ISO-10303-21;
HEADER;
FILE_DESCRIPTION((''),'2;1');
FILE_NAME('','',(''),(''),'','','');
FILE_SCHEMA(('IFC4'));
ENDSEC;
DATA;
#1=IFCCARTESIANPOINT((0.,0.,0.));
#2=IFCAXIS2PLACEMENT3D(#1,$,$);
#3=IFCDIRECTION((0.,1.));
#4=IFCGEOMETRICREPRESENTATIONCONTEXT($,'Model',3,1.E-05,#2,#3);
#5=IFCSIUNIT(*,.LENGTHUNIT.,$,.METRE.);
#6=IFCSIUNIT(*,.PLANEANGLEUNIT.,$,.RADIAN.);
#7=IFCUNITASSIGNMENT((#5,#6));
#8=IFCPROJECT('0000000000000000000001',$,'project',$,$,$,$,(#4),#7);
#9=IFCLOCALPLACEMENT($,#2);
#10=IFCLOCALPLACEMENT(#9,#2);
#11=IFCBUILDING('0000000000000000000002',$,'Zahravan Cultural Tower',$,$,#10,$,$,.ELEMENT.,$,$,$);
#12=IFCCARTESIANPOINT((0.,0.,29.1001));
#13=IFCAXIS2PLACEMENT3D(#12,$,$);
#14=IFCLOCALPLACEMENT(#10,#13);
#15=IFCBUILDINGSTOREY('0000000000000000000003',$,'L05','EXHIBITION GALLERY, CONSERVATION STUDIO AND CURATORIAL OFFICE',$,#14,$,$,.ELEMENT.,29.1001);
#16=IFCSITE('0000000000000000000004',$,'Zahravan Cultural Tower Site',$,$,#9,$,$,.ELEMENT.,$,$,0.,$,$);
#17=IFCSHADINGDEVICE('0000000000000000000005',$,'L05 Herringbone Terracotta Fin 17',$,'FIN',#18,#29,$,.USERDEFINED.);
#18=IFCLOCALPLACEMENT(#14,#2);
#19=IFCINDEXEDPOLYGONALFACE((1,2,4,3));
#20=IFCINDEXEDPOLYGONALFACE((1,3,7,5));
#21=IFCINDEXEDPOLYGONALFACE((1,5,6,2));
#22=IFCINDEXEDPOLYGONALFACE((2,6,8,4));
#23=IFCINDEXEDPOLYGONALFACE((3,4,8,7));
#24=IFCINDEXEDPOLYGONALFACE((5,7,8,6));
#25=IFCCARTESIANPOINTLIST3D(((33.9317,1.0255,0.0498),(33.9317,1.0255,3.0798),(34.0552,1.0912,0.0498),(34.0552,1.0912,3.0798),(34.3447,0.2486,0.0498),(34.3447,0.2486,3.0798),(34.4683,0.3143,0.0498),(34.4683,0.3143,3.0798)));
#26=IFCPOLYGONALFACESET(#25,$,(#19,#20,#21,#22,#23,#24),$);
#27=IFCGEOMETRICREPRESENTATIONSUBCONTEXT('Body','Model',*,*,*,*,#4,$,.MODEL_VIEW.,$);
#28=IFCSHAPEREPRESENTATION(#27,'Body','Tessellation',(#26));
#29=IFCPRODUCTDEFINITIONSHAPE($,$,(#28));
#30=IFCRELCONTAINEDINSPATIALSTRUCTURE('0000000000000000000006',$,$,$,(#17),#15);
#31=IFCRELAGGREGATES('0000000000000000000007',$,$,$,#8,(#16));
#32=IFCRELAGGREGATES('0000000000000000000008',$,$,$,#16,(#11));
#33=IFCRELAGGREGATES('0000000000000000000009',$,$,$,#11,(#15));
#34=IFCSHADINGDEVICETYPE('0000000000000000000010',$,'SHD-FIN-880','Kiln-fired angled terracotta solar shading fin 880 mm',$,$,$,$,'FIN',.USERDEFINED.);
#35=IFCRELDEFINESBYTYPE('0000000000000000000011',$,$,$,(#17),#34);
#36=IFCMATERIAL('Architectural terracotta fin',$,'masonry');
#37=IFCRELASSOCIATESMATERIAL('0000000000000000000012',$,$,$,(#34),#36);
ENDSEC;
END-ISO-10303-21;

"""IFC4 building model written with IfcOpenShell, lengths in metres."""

from ifc_helpers import new_model, si_unit, direction, frame, origin, origin_2d, place, context, subcontext, project, spatial, rectangle, extrude, source, transform, mapped, material, type_object, element, save


model = new_model("IFC4")

# Units and contexts
model_context = context("Model", 3, precision=1e-05, world=origin(), true_north=direction((0.0, 1.0)))
body_context = subcontext(model_context, "Body", "Model", "MODEL_VIEW")
ifc_project = project(units=[si_unit("LENGTHUNIT", "METRE"), si_unit("PLANEANGLEUNIT", "RADIAN")], contexts=[model_context])

# Site, building, storey
site_placement = place(None, origin())
site = spatial("IfcSite", under=ifc_project, at=site_placement, Name="Zahravan Cultural Tower Site", CompositionType="ELEMENT", RefElevation=0.0)
building_placement = place(site_placement, origin())
building = spatial("IfcBuilding", under=site, at=building_placement, Name="Zahravan Cultural Tower", CompositionType="ELEMENT")
storey_placement = place(building_placement, frame((0.0, 0.0, 29.1001)))
storey = spatial("IfcBuildingStorey", under=building, at=storey_placement, Name="L05", Description="EXHIBITION GALLERY, CONSERVATION STUDIO AND CURATORIAL OFFICE", CompositionType="ELEMENT", Elevation=29.1001)

# Shading device
ifc_material_1 = material(Name="Architectural terracotta fin", Category="masonry")
shading_device_type = type_object("IfcShadingDeviceType", Name="SHD-FIN-880", Description="Kiln-fired angled terracotta solar shading fin 880 mm", ElementType="FIN", PredefinedType="USERDEFINED", material=ifc_material_1)
shared_shape_1 = source(origin(), body_context, "Body", "SweptSolid", [
    extrude(rectangle(XDim=0.8799, YDim=0.1399, at=origin_2d()), origin(), (0.0, 0.0, 1.0), 3.03),
])
shading_device_placement = place(storey_placement, frame((34.2, 0.6699, 0.0498), z_axis=(0.0, 0.0, 1.0), x_axis=(0.469472, -0.882948, 0.0)))
element("IfcShadingDevice", 1, at=shading_device_placement, inside=storey, type_object=shading_device_type, Name="L05 Herringbone Terracotta Fin 17", ObjectType="FIN", PredefinedType="USERDEFINED", context=body_context, shape_type="MappedRepresentation", body=[
    mapped(shared_shape_1, transform((0.0, 0.0, 0.0), x_axis=(1.0, 0.0, 0.0), y_axis=(0.0, 1.0, 0.0), z_axis=(0.0, 0.0, 1.0), scale=1.0)),
])

save(model, "model.ifc")
